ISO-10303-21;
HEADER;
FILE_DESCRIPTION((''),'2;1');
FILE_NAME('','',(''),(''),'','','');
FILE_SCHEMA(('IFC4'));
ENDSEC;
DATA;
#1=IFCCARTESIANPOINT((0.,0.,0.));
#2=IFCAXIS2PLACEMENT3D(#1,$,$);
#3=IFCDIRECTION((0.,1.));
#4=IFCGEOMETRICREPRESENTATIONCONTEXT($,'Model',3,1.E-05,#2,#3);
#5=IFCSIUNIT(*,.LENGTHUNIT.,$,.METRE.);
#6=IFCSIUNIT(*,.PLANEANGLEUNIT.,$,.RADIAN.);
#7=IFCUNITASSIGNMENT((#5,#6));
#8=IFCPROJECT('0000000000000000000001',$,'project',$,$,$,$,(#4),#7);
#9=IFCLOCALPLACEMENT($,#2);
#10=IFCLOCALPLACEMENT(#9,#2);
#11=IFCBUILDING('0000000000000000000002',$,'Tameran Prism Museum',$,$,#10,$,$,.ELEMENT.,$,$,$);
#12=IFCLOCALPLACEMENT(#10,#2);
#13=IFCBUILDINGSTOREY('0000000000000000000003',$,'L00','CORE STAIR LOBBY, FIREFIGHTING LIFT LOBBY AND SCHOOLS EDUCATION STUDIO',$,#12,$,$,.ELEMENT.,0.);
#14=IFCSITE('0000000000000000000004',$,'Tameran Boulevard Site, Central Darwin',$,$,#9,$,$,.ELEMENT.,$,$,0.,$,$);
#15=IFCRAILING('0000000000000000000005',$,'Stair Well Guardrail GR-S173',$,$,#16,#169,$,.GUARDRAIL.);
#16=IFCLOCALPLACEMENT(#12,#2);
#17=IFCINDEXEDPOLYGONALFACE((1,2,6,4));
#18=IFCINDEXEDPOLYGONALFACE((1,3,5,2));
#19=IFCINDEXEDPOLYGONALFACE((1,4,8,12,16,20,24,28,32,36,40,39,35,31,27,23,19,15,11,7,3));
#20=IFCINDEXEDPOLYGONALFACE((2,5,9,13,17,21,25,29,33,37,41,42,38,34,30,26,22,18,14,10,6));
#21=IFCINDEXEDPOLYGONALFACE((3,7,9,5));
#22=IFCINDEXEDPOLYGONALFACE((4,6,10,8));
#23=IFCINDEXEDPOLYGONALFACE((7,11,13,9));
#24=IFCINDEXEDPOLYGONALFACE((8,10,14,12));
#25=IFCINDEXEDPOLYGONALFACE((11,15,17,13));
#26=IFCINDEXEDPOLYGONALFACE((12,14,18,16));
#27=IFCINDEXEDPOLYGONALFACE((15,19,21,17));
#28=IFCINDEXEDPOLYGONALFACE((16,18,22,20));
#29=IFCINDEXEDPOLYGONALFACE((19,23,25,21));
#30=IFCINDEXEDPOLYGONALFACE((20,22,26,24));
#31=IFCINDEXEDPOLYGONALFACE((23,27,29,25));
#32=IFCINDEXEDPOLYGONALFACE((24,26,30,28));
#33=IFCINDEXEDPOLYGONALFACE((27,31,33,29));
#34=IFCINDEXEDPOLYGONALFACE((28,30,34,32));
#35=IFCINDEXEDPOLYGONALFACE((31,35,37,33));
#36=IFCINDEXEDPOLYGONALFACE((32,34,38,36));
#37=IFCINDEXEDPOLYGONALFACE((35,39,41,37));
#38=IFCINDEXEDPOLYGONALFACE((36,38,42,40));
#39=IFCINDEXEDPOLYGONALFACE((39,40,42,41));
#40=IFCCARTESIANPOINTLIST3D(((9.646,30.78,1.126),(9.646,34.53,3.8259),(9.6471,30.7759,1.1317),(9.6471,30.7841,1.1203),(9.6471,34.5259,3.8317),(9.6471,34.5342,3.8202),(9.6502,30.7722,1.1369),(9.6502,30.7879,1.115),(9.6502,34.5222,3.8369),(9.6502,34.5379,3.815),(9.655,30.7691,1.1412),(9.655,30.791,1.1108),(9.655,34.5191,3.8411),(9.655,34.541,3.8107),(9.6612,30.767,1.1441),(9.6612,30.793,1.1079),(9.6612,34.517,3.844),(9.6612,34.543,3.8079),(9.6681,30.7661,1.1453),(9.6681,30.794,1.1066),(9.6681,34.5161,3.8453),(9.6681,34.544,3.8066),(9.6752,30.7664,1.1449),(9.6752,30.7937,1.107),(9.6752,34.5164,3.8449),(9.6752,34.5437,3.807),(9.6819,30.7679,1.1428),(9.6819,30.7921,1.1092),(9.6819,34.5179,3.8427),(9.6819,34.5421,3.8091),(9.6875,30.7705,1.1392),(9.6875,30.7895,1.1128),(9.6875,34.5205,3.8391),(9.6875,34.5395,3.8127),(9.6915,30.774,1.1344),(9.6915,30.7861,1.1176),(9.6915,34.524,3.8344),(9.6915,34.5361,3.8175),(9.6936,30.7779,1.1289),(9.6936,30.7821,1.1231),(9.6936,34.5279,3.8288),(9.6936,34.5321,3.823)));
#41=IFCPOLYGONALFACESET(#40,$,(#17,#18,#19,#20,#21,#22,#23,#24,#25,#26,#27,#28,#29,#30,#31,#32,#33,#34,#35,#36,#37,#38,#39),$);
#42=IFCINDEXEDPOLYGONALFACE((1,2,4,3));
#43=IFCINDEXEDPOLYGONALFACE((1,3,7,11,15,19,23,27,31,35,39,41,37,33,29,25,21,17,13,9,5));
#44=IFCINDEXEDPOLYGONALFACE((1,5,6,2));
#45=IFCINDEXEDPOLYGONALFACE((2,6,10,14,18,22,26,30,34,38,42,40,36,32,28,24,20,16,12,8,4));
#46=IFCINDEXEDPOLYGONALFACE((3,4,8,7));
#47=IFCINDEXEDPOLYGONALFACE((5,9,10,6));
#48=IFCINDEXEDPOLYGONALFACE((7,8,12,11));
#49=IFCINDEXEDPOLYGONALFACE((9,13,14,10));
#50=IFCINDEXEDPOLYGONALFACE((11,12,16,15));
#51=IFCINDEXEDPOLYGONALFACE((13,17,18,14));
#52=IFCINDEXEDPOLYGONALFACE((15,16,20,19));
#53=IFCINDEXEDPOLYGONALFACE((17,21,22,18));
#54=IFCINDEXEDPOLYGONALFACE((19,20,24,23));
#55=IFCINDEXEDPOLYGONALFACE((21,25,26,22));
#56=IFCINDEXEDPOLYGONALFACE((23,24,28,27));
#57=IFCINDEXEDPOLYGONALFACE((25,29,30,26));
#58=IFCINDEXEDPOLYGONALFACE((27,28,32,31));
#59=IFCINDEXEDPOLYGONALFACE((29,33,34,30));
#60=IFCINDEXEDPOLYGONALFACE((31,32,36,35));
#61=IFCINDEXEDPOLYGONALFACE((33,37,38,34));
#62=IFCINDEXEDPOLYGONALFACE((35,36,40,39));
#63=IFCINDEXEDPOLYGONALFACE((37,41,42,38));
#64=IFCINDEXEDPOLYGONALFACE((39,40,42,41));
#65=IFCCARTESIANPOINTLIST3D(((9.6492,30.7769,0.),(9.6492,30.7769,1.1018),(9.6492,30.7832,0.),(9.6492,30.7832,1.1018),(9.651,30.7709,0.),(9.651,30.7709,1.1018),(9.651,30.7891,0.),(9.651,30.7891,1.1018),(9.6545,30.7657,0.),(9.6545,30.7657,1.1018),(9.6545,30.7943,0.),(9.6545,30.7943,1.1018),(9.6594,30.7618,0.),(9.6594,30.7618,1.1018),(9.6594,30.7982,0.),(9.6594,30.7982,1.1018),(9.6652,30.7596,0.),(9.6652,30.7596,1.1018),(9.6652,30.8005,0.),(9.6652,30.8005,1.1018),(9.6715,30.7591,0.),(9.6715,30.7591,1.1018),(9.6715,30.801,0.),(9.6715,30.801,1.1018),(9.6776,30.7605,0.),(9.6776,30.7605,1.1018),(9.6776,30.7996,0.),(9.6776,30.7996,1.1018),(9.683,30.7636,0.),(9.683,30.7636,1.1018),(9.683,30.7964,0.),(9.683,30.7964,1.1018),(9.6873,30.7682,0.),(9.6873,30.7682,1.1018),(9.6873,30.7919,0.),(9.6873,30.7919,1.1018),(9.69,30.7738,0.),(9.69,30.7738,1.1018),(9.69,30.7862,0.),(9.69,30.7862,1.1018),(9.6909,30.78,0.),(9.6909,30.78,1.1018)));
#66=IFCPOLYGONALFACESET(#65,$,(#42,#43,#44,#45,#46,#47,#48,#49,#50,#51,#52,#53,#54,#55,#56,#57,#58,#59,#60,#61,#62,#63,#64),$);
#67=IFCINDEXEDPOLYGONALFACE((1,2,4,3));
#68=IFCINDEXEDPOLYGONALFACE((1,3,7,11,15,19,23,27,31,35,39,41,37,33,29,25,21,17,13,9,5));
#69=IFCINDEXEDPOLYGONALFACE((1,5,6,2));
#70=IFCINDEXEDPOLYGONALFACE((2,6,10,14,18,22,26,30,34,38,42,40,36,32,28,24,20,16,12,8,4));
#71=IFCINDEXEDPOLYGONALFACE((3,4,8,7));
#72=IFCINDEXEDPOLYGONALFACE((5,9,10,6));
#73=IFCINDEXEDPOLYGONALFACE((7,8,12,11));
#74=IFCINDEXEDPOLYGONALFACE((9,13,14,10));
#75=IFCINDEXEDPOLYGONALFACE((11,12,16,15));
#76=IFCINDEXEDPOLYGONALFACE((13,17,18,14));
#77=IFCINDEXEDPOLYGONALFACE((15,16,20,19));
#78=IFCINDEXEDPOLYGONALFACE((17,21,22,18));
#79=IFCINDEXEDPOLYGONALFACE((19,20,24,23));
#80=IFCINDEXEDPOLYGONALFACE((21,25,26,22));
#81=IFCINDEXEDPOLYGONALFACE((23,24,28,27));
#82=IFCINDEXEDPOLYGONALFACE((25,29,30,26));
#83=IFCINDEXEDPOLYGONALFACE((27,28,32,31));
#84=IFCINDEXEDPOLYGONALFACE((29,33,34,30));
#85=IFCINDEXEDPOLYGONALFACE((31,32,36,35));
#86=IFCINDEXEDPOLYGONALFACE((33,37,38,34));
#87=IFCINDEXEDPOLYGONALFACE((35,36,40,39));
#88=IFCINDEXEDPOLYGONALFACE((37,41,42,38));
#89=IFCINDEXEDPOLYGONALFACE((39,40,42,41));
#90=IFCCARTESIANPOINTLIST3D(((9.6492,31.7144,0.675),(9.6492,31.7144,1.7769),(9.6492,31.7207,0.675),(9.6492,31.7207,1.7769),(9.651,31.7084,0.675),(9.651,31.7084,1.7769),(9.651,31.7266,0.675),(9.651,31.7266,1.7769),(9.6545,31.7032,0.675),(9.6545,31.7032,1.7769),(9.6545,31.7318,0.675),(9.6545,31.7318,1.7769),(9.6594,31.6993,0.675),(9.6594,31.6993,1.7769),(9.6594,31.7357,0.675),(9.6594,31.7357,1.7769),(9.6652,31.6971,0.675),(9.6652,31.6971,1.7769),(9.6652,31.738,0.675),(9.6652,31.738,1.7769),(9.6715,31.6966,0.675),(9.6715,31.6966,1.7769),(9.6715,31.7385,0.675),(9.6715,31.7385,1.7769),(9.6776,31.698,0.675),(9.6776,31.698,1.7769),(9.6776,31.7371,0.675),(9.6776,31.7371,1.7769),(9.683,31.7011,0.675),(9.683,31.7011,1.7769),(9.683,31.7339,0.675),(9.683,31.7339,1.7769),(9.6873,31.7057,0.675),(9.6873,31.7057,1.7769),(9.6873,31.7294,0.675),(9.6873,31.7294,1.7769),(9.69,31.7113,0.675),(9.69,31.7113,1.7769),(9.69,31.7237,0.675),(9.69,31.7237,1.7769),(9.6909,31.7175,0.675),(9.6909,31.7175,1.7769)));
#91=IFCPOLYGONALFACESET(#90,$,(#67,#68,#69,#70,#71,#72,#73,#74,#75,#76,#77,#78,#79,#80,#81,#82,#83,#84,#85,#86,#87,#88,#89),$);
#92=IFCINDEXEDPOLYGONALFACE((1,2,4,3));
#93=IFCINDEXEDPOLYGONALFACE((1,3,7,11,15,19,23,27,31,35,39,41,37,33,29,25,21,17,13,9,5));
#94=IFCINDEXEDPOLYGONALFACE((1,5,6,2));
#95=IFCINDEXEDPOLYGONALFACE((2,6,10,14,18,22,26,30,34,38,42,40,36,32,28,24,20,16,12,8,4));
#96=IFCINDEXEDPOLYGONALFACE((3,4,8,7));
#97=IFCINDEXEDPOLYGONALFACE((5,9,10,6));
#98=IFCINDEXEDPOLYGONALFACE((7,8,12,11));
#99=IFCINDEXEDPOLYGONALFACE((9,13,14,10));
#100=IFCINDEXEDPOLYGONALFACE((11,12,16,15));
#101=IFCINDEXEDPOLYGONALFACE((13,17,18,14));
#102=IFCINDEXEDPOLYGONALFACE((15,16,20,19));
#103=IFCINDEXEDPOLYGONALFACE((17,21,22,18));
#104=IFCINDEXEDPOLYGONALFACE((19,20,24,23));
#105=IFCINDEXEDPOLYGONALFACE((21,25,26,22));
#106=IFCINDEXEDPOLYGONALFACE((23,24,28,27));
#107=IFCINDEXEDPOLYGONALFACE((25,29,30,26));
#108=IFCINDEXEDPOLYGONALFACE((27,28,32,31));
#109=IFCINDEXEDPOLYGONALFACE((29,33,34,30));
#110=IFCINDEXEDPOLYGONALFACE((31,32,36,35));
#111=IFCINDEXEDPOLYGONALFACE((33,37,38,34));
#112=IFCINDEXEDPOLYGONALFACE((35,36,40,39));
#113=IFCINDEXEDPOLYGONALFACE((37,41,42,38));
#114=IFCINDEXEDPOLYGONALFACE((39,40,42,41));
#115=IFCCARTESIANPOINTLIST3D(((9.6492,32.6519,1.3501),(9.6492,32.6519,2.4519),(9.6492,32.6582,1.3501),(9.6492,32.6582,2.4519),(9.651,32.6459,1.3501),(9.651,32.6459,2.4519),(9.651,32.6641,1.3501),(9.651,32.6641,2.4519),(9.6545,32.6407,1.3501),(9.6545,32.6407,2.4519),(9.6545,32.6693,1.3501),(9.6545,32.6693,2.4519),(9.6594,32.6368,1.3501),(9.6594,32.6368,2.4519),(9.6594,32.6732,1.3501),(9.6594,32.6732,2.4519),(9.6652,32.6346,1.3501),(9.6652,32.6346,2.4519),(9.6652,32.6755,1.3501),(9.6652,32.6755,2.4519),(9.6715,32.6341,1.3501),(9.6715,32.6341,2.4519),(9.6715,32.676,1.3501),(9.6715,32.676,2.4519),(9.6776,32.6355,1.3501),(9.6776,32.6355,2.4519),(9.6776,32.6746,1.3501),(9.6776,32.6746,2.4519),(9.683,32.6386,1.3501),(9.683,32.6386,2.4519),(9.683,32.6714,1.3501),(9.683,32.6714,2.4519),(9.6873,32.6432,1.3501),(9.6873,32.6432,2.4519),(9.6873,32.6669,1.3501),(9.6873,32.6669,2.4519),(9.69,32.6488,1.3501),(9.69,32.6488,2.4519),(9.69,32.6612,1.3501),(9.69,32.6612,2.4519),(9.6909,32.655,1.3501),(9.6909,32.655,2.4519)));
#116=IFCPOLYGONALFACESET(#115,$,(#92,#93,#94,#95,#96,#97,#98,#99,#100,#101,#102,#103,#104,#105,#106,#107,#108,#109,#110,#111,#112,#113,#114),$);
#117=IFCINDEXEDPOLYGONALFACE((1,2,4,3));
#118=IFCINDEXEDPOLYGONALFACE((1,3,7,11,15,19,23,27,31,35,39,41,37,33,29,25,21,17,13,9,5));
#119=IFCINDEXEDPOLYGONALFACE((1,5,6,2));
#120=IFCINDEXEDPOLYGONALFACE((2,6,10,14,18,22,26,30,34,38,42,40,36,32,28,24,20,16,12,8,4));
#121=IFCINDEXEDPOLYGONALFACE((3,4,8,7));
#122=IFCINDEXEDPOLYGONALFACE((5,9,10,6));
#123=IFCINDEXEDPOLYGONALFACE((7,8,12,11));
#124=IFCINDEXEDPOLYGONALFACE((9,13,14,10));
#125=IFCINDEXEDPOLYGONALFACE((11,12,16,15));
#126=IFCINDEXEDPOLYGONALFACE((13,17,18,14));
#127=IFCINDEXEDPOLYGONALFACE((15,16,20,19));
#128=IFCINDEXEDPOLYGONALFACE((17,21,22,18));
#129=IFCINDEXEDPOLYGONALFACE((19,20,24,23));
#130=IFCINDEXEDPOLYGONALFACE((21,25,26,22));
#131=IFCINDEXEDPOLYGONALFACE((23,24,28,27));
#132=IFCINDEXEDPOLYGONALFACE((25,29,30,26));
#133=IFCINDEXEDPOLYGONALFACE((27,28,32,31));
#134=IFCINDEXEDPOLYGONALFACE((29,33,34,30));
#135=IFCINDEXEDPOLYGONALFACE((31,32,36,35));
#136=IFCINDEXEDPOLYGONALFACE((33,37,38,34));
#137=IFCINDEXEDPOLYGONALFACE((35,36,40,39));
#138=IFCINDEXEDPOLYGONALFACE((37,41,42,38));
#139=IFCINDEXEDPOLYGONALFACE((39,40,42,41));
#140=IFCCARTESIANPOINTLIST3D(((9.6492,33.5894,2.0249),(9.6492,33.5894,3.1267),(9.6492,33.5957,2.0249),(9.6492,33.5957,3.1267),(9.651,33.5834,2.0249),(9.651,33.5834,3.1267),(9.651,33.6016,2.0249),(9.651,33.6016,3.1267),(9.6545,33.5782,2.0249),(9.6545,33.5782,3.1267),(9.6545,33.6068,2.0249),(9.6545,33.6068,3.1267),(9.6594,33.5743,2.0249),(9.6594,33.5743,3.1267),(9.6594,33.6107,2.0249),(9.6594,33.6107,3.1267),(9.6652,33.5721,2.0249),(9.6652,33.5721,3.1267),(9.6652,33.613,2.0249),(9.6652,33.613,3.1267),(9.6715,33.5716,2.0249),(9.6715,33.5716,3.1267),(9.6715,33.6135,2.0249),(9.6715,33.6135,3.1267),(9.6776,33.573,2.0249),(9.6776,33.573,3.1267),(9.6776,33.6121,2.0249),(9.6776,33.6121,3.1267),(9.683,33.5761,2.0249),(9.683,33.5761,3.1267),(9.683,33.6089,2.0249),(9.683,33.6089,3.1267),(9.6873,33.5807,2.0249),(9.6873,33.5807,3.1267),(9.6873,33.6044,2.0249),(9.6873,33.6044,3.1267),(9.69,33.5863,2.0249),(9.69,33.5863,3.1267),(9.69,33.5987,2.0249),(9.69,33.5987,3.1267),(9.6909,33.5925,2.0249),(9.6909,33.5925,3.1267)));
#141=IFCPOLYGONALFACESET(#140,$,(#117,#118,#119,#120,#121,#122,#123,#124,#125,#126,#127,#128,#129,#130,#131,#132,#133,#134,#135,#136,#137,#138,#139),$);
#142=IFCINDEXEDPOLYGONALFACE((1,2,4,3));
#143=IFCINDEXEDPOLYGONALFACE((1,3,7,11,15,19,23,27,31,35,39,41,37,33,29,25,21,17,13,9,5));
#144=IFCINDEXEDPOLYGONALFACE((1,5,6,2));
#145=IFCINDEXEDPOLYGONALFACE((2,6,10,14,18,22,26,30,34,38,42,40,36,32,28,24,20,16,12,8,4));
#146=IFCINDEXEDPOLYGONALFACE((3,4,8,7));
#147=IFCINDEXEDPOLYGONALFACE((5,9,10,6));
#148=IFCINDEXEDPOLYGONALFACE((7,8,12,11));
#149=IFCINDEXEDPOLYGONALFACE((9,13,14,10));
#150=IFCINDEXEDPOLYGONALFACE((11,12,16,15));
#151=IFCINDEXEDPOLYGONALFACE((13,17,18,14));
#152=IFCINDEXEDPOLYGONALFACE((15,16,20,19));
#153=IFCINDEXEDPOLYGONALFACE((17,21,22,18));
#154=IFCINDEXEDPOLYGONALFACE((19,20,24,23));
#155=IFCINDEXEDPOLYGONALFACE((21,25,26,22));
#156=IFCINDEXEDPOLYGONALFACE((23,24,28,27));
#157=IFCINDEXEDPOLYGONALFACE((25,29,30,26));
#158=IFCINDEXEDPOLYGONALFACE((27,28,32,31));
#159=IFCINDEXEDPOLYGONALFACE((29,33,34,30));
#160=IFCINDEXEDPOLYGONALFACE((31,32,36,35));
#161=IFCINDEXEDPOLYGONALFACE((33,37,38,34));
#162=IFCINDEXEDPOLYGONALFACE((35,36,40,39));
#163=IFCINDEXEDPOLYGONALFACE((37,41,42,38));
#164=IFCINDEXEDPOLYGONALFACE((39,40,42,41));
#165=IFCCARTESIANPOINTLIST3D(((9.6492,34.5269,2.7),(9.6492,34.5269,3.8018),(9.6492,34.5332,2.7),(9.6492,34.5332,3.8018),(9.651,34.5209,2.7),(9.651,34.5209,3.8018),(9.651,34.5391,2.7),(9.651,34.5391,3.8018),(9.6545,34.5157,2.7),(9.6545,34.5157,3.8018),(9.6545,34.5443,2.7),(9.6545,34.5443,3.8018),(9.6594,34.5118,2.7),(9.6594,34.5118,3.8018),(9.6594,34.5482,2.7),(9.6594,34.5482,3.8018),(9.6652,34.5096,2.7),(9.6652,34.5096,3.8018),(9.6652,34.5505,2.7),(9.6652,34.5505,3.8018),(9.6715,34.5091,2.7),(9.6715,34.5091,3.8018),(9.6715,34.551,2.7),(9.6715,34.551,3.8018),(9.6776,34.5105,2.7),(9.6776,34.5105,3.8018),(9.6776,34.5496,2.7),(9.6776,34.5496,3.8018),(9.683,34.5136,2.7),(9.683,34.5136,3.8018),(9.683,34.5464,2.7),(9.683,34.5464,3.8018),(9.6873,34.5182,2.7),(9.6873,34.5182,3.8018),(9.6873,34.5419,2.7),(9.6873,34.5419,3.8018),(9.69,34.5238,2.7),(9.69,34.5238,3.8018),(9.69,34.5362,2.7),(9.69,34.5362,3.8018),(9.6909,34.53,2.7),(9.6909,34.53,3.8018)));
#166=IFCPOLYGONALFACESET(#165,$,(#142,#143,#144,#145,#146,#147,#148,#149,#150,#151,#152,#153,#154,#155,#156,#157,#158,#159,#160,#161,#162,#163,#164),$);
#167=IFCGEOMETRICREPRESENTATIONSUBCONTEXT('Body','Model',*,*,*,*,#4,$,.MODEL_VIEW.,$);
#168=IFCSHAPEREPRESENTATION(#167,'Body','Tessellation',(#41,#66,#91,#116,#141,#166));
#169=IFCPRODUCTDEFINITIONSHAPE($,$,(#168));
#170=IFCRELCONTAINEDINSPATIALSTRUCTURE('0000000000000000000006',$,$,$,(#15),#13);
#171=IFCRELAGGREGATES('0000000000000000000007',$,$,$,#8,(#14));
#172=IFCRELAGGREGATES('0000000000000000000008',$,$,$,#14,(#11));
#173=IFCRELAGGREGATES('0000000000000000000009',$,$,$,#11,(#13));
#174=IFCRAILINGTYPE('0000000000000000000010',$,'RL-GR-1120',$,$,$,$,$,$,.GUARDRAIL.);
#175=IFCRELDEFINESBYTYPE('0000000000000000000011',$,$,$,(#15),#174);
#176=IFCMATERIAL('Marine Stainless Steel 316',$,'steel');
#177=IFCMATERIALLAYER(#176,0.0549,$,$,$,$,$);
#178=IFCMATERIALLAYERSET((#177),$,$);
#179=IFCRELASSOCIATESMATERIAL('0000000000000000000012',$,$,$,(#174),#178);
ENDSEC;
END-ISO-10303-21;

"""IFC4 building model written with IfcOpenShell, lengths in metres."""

from ifc_helpers import new_model, si_unit, direction, frame, origin, origin_2d, place, context, subcontext, project, spatial, circle, extrude, material, layer, layer_set, type_object, element, save


model = new_model("IFC4")

# Units and contexts
model_context = context("Model", 3, precision=1e-05, world=origin(), true_north=direction((0.0, 1.0)))
body_context = subcontext(model_context, "Body", "Model", "MODEL_VIEW")
ifc_project = project(units=[si_unit("LENGTHUNIT", "METRE"), si_unit("PLANEANGLEUNIT", "RADIAN")], contexts=[model_context])

# Site, building, storey
site_placement = place(None, origin())
site = spatial("IfcSite", under=ifc_project, at=site_placement, Name="Tameran Boulevard Site, Central Darwin", CompositionType="ELEMENT", RefElevation=0.0)
building_placement = place(site_placement, origin())
building = spatial("IfcBuilding", under=site, at=building_placement, Name="Tameran Prism Museum", CompositionType="ELEMENT")
storey_placement = place(building_placement, origin())
storey = spatial("IfcBuildingStorey", under=building, at=storey_placement, Name="L00", Description="CORE STAIR LOBBY, FIREFIGHTING LIFT LOBBY AND SCHOOLS EDUCATION STUDIO", CompositionType="ELEMENT", Elevation=0.0)

# Railing
ifc_material_1 = material(Name="Marine Stainless Steel 316", Category="steel")
ifc_layer_1 = layer(ifc_material_1, 0.0549)
ifc_layer_set_1 = layer_set([ifc_layer_1])
railing_type_1 = type_object("IfcRailingType", Name="RL-GR-1120", PredefinedType="GUARDRAIL", material=ifc_layer_set_1)
railing_1_placement = place(storey_placement, frame((9.6699, 30.78, 0.0)))
element("IfcRailing", 1, at=railing_1_placement, inside=storey, type_object=railing_type_1, Name="Stair Well Guardrail GR-S173", PredefinedType="GUARDRAIL", context=body_context, shape_type="SweptSolid", body=[
    extrude(circle(Radius=0.0239, at=origin_2d()), frame((0.0, 0.0, 1.126), z_axis=(0.0, 0.811539, 0.584298), x_axis=(-1.0, 0.0, 0.0)), (0.0, 0.0, 1.0), 4.6208),
    extrude(circle(Radius=0.021, at=origin_2d()), origin(), (0.0, 0.0, 1.0), 1.1018),
    extrude(circle(Radius=0.021, at=origin_2d()), frame((0.0, 0.9375, 0.675)), (0.0, 0.0, 1.0), 1.1018),
    extrude(circle(Radius=0.021, at=origin_2d()), frame((0.0, 1.875, 1.3501)), (0.0, 0.0, 1.0), 1.1018),
    extrude(circle(Radius=0.021, at=origin_2d()), frame((0.0, 2.8125, 2.0249)), (0.0, 0.0, 1.0), 1.1018),
    extrude(circle(Radius=0.021, at=origin_2d()), frame((0.0, 3.75, 2.7)), (0.0, 0.0, 1.0), 1.1018),
])

save(model, "model.ifc")
